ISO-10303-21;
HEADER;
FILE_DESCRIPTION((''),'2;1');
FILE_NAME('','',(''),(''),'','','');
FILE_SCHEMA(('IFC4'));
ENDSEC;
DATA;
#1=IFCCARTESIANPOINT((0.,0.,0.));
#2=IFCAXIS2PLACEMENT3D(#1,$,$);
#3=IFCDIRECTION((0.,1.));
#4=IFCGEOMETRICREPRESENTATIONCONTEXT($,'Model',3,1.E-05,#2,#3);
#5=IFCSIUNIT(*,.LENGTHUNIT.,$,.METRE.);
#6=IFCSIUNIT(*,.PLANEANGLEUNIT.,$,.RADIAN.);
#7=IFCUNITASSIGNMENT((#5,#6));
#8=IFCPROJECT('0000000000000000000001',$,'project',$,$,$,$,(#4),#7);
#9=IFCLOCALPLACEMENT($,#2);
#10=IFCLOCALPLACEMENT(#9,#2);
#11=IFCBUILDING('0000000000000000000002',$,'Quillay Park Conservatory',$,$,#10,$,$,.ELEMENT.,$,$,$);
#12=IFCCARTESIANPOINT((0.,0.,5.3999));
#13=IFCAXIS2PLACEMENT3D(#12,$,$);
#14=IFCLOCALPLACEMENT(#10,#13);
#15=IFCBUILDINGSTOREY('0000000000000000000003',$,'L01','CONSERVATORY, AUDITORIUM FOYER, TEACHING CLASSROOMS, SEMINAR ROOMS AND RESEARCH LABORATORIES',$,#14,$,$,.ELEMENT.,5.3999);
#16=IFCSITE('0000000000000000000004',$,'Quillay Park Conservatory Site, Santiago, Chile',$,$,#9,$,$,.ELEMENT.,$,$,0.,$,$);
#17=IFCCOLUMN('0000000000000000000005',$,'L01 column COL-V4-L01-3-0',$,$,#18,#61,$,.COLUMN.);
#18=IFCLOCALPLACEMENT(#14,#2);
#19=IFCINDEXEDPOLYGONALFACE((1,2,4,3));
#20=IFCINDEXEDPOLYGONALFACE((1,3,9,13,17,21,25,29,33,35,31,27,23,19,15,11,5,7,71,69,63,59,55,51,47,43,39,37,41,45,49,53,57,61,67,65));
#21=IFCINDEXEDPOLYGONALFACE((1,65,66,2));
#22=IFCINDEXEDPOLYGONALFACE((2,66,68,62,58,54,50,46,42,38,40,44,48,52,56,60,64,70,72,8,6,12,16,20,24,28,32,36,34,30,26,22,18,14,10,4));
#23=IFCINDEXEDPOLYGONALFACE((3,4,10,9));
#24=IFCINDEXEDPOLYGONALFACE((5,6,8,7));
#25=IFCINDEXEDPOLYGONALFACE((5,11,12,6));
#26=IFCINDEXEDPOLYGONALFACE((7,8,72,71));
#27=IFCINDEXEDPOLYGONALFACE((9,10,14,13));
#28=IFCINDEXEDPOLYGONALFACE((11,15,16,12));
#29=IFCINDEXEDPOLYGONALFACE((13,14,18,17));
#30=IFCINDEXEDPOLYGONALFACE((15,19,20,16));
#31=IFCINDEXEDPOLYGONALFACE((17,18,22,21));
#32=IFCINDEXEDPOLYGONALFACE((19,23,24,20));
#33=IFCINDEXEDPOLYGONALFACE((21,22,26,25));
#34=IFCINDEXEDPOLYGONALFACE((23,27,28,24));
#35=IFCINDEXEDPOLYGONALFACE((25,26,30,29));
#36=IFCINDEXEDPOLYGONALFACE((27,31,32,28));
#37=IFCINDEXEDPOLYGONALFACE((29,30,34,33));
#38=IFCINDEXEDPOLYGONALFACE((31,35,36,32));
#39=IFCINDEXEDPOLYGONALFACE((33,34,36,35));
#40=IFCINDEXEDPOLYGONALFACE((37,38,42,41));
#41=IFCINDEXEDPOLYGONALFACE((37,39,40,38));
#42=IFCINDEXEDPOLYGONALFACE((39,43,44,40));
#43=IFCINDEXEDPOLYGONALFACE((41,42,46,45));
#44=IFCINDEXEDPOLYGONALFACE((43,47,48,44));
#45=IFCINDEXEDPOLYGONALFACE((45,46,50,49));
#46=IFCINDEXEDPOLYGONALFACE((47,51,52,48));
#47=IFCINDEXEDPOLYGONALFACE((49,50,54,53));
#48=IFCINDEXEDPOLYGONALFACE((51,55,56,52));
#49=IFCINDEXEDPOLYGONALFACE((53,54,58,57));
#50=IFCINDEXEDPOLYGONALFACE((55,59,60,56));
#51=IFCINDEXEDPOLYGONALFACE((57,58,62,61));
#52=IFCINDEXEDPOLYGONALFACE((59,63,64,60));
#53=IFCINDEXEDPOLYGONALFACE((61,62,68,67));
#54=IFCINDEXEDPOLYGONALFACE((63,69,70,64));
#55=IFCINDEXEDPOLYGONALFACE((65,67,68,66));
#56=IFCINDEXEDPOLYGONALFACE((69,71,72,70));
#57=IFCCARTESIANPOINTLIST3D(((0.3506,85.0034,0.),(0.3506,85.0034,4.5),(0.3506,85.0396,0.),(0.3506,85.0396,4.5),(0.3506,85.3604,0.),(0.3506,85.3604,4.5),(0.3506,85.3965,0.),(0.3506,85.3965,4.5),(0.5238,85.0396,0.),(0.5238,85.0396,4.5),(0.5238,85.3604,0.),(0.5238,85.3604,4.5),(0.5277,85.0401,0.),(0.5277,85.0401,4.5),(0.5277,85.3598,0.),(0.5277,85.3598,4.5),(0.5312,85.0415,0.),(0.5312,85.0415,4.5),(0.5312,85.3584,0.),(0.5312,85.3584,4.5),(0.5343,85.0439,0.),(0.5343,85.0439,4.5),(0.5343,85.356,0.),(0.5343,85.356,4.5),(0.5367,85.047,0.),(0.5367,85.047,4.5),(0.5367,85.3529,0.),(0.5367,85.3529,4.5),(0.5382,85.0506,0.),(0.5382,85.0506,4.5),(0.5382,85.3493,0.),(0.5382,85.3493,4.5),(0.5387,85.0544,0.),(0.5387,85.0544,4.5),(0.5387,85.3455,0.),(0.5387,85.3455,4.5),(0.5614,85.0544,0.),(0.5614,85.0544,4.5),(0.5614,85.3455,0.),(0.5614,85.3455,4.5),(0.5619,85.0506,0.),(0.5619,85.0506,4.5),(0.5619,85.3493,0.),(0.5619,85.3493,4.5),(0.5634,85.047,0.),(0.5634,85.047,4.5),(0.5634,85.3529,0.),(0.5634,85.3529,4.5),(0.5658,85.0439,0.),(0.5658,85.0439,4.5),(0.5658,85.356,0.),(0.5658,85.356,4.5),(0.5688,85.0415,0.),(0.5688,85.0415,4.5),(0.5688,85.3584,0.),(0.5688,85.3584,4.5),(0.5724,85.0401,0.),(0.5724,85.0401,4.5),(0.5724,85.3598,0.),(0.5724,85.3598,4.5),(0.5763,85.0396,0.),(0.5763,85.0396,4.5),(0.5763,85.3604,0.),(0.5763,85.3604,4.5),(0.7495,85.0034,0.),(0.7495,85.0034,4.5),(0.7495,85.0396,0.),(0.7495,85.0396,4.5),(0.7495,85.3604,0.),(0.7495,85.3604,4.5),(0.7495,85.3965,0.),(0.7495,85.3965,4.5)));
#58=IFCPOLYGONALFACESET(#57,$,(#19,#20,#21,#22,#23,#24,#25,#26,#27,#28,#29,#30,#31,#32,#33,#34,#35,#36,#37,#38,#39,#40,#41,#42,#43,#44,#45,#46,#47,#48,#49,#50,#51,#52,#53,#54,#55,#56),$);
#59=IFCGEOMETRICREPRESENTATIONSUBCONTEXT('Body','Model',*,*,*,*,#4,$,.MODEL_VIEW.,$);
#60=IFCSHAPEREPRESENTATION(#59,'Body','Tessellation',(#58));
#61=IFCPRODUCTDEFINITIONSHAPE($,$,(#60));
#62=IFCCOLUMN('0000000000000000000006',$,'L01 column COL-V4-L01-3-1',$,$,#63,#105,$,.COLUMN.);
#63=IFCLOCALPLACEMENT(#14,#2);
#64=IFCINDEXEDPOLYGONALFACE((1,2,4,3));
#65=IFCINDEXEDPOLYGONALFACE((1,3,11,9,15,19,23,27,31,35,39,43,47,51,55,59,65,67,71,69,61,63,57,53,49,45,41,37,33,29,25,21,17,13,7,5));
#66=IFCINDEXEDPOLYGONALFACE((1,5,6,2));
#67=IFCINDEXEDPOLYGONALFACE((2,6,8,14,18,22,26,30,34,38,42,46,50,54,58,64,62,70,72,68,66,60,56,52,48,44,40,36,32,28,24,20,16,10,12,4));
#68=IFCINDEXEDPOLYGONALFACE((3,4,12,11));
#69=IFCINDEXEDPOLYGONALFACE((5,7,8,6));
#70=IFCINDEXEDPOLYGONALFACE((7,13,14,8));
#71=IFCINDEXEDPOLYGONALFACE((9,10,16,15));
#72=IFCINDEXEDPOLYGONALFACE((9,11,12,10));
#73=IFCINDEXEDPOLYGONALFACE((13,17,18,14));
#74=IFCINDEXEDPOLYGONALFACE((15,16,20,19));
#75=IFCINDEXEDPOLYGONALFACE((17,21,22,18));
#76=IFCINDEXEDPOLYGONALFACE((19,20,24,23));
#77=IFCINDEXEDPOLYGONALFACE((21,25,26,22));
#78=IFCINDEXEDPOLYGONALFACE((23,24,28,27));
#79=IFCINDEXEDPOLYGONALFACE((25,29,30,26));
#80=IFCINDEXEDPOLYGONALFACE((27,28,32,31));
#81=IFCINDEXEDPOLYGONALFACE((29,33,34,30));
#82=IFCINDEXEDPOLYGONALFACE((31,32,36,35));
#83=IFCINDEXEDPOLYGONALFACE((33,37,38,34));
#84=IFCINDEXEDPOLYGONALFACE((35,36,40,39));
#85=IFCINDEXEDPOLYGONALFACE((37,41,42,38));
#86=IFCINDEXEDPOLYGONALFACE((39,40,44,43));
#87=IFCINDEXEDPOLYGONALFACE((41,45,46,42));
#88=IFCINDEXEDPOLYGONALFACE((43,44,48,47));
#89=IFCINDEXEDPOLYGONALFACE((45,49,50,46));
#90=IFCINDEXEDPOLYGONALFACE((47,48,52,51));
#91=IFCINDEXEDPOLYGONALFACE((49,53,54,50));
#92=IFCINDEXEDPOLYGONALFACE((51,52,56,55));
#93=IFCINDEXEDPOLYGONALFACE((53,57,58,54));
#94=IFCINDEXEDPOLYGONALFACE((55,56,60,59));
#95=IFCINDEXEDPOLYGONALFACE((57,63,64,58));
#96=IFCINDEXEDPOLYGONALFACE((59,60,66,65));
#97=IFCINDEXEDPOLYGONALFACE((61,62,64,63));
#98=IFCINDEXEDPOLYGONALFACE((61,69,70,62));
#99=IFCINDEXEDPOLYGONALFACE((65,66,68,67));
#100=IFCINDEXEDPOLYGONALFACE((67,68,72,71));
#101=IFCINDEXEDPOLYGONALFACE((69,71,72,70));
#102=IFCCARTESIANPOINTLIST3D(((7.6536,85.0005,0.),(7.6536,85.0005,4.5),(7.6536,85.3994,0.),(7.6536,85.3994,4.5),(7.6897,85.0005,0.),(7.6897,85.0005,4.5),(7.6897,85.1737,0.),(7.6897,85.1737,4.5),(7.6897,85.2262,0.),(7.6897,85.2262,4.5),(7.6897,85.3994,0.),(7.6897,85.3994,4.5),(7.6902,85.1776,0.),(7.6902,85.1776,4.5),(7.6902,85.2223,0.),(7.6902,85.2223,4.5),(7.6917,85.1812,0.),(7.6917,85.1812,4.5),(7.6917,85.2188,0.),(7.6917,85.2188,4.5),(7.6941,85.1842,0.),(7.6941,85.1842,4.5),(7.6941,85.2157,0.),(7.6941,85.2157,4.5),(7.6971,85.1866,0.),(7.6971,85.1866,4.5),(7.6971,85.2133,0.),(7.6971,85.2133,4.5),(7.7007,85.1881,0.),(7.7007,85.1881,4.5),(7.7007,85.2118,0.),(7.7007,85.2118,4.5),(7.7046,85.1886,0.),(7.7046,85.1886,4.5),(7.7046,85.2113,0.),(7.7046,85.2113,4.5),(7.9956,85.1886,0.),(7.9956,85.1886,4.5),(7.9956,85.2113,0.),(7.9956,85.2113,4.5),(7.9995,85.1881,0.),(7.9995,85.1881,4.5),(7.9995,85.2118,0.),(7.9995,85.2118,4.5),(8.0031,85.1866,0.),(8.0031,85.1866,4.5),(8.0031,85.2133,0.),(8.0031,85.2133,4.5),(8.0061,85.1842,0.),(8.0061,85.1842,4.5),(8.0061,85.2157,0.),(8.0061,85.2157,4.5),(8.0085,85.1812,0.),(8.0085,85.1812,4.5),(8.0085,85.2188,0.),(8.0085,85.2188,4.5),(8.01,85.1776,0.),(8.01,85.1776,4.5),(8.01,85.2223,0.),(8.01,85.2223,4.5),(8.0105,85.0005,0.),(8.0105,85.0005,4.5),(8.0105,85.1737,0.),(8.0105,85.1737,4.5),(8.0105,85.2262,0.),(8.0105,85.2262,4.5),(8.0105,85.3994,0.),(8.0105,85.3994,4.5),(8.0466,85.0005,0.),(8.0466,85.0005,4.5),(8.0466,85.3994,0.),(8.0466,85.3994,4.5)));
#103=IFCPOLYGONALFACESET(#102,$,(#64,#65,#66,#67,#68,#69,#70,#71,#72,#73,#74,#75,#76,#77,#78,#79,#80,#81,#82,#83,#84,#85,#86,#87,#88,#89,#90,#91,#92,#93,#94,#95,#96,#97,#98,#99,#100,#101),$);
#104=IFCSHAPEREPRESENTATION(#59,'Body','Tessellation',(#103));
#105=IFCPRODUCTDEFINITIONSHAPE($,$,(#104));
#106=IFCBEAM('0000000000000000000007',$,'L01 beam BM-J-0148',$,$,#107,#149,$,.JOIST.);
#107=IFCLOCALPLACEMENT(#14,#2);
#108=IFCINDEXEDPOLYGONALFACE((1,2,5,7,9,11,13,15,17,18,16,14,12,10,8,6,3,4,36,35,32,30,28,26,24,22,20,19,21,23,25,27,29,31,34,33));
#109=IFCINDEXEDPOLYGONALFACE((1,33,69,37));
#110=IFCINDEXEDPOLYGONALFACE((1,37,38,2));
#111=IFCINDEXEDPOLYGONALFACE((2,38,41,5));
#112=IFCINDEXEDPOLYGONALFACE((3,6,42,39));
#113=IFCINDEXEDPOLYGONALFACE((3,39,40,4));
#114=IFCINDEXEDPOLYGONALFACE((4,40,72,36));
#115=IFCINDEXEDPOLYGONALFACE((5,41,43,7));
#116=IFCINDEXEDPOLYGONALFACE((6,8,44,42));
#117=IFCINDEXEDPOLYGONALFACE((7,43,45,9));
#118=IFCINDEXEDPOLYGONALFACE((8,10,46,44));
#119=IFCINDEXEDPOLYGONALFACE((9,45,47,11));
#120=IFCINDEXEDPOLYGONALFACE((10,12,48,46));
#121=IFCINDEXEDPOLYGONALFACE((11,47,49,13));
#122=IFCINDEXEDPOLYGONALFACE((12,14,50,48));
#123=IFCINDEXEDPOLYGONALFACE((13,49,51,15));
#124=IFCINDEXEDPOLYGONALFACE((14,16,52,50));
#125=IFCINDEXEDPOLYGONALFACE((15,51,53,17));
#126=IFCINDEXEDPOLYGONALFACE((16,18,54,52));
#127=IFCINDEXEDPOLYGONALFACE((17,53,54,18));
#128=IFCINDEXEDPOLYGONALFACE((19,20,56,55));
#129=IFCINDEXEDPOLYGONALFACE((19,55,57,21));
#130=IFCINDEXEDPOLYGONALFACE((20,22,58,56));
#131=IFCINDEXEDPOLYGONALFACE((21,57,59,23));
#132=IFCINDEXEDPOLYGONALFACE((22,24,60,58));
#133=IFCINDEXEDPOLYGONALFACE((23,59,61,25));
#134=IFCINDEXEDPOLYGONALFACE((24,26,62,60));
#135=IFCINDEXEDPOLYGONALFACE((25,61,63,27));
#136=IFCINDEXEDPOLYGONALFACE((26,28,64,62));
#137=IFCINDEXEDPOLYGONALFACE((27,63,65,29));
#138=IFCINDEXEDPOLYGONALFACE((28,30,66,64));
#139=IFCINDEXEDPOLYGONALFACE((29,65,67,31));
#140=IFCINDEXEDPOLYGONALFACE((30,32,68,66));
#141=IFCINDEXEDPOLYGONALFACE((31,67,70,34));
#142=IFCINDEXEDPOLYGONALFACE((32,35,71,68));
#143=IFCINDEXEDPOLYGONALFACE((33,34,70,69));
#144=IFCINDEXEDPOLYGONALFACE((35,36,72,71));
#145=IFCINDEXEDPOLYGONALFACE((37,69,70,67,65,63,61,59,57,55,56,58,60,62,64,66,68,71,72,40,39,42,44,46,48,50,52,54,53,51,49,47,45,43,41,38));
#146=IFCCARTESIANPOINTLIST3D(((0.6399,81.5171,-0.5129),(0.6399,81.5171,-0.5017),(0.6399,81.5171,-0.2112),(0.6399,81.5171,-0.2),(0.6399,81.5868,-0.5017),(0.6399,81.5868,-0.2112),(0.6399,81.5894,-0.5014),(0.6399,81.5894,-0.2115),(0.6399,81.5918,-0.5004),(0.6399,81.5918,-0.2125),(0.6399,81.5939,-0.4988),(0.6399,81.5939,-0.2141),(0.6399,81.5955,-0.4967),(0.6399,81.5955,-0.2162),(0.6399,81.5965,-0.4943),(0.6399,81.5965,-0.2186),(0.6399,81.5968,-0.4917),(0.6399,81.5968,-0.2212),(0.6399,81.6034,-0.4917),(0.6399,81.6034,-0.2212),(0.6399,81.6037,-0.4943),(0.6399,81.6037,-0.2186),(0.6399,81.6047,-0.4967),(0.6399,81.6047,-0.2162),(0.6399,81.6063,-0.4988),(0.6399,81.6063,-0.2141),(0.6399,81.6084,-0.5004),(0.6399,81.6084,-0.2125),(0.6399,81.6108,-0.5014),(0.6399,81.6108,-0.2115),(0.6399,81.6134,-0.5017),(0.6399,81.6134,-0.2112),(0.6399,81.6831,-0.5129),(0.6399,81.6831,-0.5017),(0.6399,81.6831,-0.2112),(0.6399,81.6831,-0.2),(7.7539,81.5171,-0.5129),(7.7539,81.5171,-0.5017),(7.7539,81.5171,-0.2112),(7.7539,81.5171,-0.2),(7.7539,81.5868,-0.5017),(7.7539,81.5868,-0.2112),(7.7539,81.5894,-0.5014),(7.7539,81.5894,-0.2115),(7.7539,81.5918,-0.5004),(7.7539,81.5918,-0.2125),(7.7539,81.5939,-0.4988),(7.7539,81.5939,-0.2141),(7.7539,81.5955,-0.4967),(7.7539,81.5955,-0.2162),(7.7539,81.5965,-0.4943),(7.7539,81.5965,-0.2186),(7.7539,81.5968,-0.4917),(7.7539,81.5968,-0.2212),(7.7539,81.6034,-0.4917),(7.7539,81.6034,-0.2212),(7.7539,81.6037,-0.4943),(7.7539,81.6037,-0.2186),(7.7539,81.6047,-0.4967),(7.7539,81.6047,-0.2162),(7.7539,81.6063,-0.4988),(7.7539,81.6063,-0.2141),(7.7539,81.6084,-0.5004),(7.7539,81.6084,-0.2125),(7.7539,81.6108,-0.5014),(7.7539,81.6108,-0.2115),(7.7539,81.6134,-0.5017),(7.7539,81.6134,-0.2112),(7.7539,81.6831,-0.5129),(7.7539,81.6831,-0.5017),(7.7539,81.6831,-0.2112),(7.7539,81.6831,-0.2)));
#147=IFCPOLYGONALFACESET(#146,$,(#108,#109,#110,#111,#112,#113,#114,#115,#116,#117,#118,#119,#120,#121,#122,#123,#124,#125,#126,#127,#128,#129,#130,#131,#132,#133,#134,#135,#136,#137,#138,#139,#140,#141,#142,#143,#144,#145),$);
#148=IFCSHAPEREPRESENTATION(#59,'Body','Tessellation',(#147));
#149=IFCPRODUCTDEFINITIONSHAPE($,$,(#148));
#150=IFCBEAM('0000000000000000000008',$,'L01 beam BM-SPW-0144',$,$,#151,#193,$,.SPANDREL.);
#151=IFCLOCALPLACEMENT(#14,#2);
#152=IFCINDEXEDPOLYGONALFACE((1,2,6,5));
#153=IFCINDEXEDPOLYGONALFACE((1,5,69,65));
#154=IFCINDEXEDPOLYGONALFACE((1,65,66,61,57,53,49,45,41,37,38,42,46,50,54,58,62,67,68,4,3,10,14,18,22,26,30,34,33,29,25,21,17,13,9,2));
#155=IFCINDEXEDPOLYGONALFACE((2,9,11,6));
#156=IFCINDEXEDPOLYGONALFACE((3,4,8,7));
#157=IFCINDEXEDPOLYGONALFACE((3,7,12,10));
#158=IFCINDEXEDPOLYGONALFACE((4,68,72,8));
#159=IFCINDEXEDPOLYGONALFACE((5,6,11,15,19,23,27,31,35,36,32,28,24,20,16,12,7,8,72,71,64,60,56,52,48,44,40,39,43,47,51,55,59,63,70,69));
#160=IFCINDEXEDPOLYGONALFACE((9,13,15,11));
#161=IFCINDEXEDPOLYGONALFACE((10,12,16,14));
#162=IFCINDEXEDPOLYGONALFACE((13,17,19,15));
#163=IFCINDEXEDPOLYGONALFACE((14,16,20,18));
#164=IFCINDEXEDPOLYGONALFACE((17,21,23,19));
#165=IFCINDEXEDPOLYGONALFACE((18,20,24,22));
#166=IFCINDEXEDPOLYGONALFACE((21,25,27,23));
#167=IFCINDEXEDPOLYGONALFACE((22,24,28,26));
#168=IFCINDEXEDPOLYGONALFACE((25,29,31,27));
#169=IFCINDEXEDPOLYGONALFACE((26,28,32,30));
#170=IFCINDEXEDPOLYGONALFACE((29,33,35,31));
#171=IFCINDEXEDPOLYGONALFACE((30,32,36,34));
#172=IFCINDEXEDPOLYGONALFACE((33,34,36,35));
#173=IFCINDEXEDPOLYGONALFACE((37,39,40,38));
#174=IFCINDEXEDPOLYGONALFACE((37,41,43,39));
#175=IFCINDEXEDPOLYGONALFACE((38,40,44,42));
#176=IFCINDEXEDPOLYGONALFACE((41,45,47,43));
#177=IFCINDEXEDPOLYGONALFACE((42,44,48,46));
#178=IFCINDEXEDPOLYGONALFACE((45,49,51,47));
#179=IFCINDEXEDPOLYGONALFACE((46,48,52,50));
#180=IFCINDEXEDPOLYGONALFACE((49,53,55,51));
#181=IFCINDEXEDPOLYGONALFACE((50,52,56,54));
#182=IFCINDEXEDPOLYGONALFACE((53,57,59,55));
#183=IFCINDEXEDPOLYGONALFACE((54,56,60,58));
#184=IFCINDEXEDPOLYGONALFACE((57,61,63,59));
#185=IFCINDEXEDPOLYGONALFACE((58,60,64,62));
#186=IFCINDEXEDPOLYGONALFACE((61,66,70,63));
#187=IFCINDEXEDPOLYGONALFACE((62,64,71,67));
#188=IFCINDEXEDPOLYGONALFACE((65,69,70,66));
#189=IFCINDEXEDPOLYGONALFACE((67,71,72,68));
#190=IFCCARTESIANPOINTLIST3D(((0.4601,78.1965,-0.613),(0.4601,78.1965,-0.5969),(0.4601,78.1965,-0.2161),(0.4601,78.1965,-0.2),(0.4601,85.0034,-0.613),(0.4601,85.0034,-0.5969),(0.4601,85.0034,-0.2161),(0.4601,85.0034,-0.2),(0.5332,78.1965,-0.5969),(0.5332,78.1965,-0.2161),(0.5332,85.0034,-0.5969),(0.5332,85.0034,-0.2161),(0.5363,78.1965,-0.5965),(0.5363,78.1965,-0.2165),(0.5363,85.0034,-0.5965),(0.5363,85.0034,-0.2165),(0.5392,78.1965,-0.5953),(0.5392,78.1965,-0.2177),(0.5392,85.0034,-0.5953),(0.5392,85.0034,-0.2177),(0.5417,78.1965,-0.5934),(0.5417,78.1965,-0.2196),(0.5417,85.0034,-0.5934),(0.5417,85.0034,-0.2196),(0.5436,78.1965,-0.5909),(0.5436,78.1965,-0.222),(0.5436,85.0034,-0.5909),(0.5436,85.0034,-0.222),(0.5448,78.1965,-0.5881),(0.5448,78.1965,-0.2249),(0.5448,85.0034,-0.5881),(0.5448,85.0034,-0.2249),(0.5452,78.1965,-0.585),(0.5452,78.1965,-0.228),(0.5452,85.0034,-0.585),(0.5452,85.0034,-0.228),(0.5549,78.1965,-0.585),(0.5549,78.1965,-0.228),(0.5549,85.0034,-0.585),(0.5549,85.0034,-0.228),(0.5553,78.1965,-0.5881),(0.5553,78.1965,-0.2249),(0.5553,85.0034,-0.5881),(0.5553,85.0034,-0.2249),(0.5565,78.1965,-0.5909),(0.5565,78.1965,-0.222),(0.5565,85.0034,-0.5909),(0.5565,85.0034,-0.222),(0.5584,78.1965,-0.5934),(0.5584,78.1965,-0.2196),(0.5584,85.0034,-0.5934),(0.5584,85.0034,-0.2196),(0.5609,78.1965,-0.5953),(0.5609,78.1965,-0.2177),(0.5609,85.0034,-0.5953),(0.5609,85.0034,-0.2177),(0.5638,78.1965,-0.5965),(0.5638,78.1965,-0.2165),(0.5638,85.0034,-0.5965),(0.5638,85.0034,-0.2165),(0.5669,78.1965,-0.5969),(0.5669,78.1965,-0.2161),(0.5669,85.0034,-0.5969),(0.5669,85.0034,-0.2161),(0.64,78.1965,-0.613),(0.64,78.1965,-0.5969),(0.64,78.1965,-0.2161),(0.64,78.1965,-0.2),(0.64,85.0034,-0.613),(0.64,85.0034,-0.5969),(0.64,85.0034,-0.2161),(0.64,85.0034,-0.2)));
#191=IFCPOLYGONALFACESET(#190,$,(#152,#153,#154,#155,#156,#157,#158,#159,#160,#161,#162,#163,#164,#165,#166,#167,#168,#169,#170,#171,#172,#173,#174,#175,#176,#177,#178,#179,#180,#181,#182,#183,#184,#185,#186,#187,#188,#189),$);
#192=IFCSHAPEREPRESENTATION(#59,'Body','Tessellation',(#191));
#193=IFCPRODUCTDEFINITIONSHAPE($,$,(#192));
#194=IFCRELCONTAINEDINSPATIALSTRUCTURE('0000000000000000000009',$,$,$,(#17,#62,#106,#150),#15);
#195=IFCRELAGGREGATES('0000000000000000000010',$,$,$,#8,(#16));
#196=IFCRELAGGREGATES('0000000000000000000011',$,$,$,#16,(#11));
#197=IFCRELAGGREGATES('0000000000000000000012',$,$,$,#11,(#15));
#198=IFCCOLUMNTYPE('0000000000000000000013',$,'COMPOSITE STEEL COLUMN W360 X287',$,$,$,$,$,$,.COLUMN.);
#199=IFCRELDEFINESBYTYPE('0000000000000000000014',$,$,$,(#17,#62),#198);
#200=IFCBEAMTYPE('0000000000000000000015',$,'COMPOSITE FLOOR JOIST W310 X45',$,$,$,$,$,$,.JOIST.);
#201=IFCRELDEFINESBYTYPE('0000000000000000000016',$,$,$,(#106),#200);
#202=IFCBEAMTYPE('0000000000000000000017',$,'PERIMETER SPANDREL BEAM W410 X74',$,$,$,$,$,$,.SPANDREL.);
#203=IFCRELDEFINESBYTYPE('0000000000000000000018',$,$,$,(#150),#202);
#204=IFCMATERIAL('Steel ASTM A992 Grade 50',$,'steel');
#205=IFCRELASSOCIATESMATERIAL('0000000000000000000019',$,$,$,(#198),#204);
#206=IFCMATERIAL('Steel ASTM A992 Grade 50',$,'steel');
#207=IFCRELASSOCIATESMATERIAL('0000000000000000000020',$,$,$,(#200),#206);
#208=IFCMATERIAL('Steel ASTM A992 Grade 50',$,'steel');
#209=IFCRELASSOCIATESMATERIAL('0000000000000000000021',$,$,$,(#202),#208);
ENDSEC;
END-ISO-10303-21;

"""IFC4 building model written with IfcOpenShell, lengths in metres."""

from ifc_helpers import new_model, si_unit, direction, frame, origin, origin_2d, place, context, subcontext, project, spatial, i_section, extrude, material, material_profile, profile_set, type_object, element, save


model = new_model("IFC4")

# Units and contexts
model_context = context("Model", 3, precision=1e-05, world=origin(), true_north=direction((0.0, 1.0)))
body_context = subcontext(model_context, "Body", "Model", "MODEL_VIEW")
ifc_project = project(units=[si_unit("LENGTHUNIT", "METRE"), si_unit("PLANEANGLEUNIT", "RADIAN")], contexts=[model_context])

# Site, building, storey
site_placement = place(None, origin())
site = spatial("IfcSite", under=ifc_project, at=site_placement, Name="Quillay Park Conservatory Site, Santiago, Chile", CompositionType="ELEMENT", RefElevation=0.0)
building_placement = place(site_placement, origin())
building = spatial("IfcBuilding", under=site, at=building_placement, Name="Quillay Park Conservatory", CompositionType="ELEMENT")
storey_placement = place(building_placement, frame((0.0, 0.0, 5.3999)))
storey = spatial("IfcBuildingStorey", under=building, at=storey_placement, Name="L01", Description="CONSERVATORY, AUDITORIUM FOYER, TEACHING CLASSROOMS, SEMINAR ROOMS AND RESEARCH LABORATORIES", CompositionType="ELEMENT", Elevation=5.3999)

# Columns
ifc_material_1 = material(Name="Steel ASTM A992 Grade 50", Category="steel")
ifc_material_profile_1 = material_profile(ifc_material_1, i_section(OverallWidth=0.3989, OverallDepth=0.3931, WebThickness=0.0227, FlangeThickness=0.0361, FilletRadius=0.0149, at=origin_2d()), Name="W360x287")
ifc_profile_set_1 = profile_set([ifc_material_profile_1], Name="Steel ASTM A992 Grade 50")
column_type = type_object("IfcColumnType", Name="COMPOSITE STEEL COLUMN W360 X287", PredefinedType="COLUMN", material=ifc_profile_set_1)
for number, where, z_axis, x_axis, name in (
    (1, (0.55, 85.2, 0.0), (0.0, 0.0, 1.0), (1.0, 0.0, 0.0), "L01 column COL-V4-L01-3-0"),
    (2, (7.8501, 85.2, 0.0), (0.0, 0.0, 1.0), (0.0, 1.0, 0.0), "L01 column COL-V4-L01-3-1"),
):
    element("IfcColumn", number, at=place(storey_placement, frame(where, z_axis=z_axis, x_axis=x_axis)), inside=storey, type_object=column_type, Name=name, PredefinedType="COLUMN", context=body_context, shape_type="SweptSolid", body=[
        extrude(i_section(OverallWidth=0.3989, OverallDepth=0.3931, WebThickness=0.0227, FlangeThickness=0.0361, FilletRadius=0.0149, at=origin_2d()), origin(), (0.0, 0.0, 1.0), 4.5),
    ])

# Beams
ifc_material_2 = material(Name="Steel ASTM A992 Grade 50", Category="steel")
ifc_material_profile_2 = material_profile(ifc_material_2, i_section(OverallWidth=0.166, OverallDepth=0.313, WebThickness=0.0066, FlangeThickness=0.0112, FilletRadius=0.01, at=origin_2d()), Name="W310x45")
ifc_profile_set_2 = profile_set([ifc_material_profile_2], Name="Steel ASTM A992 Grade 50")
beam_type_1 = type_object("IfcBeamType", Name="COMPOSITE FLOOR JOIST W310 X45", PredefinedType="JOIST", material=ifc_profile_set_2)
beam_1_placement = place(storey_placement, frame((0.6399, 81.6001, -0.3564), z_axis=(1.0, 0.0, 0.0), x_axis=(0.0, 1.0, 0.0)))
element("IfcBeam", 3, at=beam_1_placement, inside=storey, type_object=beam_type_1, Name="L01 beam BM-J-0148", PredefinedType="JOIST", context=body_context, shape_type="SweptSolid", body=[
    extrude(i_section(OverallWidth=0.166, OverallDepth=0.313, WebThickness=0.0066, FlangeThickness=0.0112, FilletRadius=0.01, at=origin_2d()), origin(), (0.0, 0.0, 1.0), 7.114),
])
ifc_material_3 = material(Name="Steel ASTM A992 Grade 50", Category="steel")
ifc_material_profile_3 = material_profile(ifc_material_3, i_section(OverallWidth=0.1799, OverallDepth=0.4131, WebThickness=0.0098, FlangeThickness=0.0161, FilletRadius=0.012, at=origin_2d()), Name="W410x74")
ifc_profile_set_3 = profile_set([ifc_material_profile_3], Name="Steel ASTM A992 Grade 50")
beam_type_2 = type_object("IfcBeamType", Name="PERIMETER SPANDREL BEAM W410 X74", PredefinedType="SPANDREL", material=ifc_profile_set_3)
beam_2_placement = place(storey_placement, frame((0.55, 78.1965, -0.4065), z_axis=(0.0, 1.0, 0.0), x_axis=(-1.0, 0.0, 0.0)))
element("IfcBeam", 4, at=beam_2_placement, inside=storey, type_object=beam_type_2, Name="L01 beam BM-SPW-0144", PredefinedType="SPANDREL", context=body_context, shape_type="SweptSolid", body=[
    extrude(i_section(OverallWidth=0.1799, OverallDepth=0.4131, WebThickness=0.0098, FlangeThickness=0.0161, FilletRadius=0.012, at=origin_2d()), origin(), (0.0, 0.0, 1.0), 6.8069),
])

save(model, "model.ifc")
